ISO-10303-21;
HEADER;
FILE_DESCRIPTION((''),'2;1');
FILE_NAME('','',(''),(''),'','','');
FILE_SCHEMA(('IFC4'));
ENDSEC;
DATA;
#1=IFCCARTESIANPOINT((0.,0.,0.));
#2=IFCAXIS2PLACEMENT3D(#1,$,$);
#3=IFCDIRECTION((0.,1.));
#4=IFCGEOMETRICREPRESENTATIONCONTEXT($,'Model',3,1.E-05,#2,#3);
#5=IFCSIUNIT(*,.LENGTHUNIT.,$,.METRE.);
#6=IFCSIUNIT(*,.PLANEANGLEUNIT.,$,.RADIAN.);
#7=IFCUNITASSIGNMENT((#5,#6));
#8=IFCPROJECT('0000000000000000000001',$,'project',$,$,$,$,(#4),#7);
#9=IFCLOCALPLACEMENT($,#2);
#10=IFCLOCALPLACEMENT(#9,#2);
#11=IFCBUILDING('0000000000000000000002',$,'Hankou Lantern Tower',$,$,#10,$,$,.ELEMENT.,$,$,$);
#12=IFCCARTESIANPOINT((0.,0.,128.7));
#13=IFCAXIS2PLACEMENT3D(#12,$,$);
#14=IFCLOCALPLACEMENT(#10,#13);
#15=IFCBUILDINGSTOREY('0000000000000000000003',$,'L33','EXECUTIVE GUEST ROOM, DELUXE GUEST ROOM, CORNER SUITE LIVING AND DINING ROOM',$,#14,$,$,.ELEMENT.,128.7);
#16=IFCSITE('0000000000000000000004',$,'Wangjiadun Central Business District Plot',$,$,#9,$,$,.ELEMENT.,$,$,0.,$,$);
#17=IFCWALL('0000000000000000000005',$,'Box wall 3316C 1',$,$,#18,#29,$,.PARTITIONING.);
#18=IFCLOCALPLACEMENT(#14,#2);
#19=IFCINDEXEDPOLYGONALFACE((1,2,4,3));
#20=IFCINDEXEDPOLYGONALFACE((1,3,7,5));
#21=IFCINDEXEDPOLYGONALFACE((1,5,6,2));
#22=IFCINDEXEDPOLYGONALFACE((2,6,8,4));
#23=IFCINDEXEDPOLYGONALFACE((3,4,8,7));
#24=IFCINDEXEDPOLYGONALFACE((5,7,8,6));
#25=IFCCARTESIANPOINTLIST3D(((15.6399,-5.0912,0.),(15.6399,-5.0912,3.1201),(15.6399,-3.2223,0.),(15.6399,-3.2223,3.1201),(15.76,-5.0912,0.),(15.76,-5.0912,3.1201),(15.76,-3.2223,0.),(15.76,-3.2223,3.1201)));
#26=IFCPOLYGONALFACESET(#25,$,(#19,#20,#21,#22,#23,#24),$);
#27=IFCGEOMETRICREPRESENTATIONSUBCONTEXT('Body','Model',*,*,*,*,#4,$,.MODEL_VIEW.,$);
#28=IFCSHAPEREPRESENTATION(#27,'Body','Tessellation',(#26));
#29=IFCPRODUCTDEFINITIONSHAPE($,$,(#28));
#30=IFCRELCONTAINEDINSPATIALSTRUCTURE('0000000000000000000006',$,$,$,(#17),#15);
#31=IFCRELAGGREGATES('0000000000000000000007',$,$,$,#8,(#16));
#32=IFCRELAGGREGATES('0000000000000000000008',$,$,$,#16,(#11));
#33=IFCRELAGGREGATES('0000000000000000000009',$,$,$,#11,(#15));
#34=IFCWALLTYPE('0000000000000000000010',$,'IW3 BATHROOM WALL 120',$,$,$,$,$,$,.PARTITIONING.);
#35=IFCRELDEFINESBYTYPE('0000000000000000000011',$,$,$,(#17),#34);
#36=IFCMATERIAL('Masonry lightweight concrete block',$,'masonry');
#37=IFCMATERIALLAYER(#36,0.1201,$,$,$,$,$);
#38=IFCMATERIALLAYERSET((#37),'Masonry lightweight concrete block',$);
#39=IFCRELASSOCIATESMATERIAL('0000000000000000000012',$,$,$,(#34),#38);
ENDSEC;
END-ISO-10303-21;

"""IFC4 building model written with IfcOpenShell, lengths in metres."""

from ifc_helpers import new_model, si_unit, direction, frame, frame_2d, origin, place, context, subcontext, project, spatial, rectangle, extrude, material, layer, layer_set, type_object, element, save


model = new_model("IFC4")

# Units and contexts
model_context = context("Model", 3, precision=1e-05, world=origin(), true_north=direction((0.0, 1.0)))
body_context = subcontext(model_context, "Body", "Model", "MODEL_VIEW")
ifc_project = project(units=[si_unit("LENGTHUNIT", "METRE"), si_unit("PLANEANGLEUNIT", "RADIAN")], contexts=[model_context])

# Site, building, storey
site_placement = place(None, origin())
site = spatial("IfcSite", under=ifc_project, at=site_placement, Name="Wangjiadun Central Business District Plot", CompositionType="ELEMENT", RefElevation=0.0)
building_placement = place(site_placement, origin())
building = spatial("IfcBuilding", under=site, at=building_placement, Name="Hankou Lantern Tower", CompositionType="ELEMENT")
storey_placement = place(building_placement, frame((0.0, 0.0, 128.7)))
storey = spatial("IfcBuildingStorey", under=building, at=storey_placement, Name="L33", Description="EXECUTIVE GUEST ROOM, DELUXE GUEST ROOM, CORNER SUITE LIVING AND DINING ROOM", CompositionType="ELEMENT", Elevation=128.7)

# Wall
ifc_material_1 = material(Name="Masonry lightweight concrete block", Category="masonry")
ifc_layer_1 = layer(ifc_material_1, 0.1201)
ifc_layer_set_1 = layer_set([ifc_layer_1], Name="Masonry lightweight concrete block")
wall_type_1 = type_object("IfcWallType", Name="IW3 BATHROOM WALL 120", PredefinedType="PARTITIONING", material=ifc_layer_set_1)
wall_1_placement = place(storey_placement, frame((15.7, -5.0913, 0.0), z_axis=(0.0, 0.0, 1.0), x_axis=(0.0, 1.0, 0.0)))
element("IfcWall", 1, at=wall_1_placement, inside=storey, type_object=wall_type_1, Name="Box wall 3316C 1", PredefinedType="PARTITIONING", context=body_context, shape_type="SweptSolid", body=[
    extrude(rectangle(XDim=1.8689, YDim=0.1201, at=frame_2d((0.9346, 0.0))), origin(), (0.0, 0.0, 1.0), 3.1201),
])

save(model, "model.ifc")
